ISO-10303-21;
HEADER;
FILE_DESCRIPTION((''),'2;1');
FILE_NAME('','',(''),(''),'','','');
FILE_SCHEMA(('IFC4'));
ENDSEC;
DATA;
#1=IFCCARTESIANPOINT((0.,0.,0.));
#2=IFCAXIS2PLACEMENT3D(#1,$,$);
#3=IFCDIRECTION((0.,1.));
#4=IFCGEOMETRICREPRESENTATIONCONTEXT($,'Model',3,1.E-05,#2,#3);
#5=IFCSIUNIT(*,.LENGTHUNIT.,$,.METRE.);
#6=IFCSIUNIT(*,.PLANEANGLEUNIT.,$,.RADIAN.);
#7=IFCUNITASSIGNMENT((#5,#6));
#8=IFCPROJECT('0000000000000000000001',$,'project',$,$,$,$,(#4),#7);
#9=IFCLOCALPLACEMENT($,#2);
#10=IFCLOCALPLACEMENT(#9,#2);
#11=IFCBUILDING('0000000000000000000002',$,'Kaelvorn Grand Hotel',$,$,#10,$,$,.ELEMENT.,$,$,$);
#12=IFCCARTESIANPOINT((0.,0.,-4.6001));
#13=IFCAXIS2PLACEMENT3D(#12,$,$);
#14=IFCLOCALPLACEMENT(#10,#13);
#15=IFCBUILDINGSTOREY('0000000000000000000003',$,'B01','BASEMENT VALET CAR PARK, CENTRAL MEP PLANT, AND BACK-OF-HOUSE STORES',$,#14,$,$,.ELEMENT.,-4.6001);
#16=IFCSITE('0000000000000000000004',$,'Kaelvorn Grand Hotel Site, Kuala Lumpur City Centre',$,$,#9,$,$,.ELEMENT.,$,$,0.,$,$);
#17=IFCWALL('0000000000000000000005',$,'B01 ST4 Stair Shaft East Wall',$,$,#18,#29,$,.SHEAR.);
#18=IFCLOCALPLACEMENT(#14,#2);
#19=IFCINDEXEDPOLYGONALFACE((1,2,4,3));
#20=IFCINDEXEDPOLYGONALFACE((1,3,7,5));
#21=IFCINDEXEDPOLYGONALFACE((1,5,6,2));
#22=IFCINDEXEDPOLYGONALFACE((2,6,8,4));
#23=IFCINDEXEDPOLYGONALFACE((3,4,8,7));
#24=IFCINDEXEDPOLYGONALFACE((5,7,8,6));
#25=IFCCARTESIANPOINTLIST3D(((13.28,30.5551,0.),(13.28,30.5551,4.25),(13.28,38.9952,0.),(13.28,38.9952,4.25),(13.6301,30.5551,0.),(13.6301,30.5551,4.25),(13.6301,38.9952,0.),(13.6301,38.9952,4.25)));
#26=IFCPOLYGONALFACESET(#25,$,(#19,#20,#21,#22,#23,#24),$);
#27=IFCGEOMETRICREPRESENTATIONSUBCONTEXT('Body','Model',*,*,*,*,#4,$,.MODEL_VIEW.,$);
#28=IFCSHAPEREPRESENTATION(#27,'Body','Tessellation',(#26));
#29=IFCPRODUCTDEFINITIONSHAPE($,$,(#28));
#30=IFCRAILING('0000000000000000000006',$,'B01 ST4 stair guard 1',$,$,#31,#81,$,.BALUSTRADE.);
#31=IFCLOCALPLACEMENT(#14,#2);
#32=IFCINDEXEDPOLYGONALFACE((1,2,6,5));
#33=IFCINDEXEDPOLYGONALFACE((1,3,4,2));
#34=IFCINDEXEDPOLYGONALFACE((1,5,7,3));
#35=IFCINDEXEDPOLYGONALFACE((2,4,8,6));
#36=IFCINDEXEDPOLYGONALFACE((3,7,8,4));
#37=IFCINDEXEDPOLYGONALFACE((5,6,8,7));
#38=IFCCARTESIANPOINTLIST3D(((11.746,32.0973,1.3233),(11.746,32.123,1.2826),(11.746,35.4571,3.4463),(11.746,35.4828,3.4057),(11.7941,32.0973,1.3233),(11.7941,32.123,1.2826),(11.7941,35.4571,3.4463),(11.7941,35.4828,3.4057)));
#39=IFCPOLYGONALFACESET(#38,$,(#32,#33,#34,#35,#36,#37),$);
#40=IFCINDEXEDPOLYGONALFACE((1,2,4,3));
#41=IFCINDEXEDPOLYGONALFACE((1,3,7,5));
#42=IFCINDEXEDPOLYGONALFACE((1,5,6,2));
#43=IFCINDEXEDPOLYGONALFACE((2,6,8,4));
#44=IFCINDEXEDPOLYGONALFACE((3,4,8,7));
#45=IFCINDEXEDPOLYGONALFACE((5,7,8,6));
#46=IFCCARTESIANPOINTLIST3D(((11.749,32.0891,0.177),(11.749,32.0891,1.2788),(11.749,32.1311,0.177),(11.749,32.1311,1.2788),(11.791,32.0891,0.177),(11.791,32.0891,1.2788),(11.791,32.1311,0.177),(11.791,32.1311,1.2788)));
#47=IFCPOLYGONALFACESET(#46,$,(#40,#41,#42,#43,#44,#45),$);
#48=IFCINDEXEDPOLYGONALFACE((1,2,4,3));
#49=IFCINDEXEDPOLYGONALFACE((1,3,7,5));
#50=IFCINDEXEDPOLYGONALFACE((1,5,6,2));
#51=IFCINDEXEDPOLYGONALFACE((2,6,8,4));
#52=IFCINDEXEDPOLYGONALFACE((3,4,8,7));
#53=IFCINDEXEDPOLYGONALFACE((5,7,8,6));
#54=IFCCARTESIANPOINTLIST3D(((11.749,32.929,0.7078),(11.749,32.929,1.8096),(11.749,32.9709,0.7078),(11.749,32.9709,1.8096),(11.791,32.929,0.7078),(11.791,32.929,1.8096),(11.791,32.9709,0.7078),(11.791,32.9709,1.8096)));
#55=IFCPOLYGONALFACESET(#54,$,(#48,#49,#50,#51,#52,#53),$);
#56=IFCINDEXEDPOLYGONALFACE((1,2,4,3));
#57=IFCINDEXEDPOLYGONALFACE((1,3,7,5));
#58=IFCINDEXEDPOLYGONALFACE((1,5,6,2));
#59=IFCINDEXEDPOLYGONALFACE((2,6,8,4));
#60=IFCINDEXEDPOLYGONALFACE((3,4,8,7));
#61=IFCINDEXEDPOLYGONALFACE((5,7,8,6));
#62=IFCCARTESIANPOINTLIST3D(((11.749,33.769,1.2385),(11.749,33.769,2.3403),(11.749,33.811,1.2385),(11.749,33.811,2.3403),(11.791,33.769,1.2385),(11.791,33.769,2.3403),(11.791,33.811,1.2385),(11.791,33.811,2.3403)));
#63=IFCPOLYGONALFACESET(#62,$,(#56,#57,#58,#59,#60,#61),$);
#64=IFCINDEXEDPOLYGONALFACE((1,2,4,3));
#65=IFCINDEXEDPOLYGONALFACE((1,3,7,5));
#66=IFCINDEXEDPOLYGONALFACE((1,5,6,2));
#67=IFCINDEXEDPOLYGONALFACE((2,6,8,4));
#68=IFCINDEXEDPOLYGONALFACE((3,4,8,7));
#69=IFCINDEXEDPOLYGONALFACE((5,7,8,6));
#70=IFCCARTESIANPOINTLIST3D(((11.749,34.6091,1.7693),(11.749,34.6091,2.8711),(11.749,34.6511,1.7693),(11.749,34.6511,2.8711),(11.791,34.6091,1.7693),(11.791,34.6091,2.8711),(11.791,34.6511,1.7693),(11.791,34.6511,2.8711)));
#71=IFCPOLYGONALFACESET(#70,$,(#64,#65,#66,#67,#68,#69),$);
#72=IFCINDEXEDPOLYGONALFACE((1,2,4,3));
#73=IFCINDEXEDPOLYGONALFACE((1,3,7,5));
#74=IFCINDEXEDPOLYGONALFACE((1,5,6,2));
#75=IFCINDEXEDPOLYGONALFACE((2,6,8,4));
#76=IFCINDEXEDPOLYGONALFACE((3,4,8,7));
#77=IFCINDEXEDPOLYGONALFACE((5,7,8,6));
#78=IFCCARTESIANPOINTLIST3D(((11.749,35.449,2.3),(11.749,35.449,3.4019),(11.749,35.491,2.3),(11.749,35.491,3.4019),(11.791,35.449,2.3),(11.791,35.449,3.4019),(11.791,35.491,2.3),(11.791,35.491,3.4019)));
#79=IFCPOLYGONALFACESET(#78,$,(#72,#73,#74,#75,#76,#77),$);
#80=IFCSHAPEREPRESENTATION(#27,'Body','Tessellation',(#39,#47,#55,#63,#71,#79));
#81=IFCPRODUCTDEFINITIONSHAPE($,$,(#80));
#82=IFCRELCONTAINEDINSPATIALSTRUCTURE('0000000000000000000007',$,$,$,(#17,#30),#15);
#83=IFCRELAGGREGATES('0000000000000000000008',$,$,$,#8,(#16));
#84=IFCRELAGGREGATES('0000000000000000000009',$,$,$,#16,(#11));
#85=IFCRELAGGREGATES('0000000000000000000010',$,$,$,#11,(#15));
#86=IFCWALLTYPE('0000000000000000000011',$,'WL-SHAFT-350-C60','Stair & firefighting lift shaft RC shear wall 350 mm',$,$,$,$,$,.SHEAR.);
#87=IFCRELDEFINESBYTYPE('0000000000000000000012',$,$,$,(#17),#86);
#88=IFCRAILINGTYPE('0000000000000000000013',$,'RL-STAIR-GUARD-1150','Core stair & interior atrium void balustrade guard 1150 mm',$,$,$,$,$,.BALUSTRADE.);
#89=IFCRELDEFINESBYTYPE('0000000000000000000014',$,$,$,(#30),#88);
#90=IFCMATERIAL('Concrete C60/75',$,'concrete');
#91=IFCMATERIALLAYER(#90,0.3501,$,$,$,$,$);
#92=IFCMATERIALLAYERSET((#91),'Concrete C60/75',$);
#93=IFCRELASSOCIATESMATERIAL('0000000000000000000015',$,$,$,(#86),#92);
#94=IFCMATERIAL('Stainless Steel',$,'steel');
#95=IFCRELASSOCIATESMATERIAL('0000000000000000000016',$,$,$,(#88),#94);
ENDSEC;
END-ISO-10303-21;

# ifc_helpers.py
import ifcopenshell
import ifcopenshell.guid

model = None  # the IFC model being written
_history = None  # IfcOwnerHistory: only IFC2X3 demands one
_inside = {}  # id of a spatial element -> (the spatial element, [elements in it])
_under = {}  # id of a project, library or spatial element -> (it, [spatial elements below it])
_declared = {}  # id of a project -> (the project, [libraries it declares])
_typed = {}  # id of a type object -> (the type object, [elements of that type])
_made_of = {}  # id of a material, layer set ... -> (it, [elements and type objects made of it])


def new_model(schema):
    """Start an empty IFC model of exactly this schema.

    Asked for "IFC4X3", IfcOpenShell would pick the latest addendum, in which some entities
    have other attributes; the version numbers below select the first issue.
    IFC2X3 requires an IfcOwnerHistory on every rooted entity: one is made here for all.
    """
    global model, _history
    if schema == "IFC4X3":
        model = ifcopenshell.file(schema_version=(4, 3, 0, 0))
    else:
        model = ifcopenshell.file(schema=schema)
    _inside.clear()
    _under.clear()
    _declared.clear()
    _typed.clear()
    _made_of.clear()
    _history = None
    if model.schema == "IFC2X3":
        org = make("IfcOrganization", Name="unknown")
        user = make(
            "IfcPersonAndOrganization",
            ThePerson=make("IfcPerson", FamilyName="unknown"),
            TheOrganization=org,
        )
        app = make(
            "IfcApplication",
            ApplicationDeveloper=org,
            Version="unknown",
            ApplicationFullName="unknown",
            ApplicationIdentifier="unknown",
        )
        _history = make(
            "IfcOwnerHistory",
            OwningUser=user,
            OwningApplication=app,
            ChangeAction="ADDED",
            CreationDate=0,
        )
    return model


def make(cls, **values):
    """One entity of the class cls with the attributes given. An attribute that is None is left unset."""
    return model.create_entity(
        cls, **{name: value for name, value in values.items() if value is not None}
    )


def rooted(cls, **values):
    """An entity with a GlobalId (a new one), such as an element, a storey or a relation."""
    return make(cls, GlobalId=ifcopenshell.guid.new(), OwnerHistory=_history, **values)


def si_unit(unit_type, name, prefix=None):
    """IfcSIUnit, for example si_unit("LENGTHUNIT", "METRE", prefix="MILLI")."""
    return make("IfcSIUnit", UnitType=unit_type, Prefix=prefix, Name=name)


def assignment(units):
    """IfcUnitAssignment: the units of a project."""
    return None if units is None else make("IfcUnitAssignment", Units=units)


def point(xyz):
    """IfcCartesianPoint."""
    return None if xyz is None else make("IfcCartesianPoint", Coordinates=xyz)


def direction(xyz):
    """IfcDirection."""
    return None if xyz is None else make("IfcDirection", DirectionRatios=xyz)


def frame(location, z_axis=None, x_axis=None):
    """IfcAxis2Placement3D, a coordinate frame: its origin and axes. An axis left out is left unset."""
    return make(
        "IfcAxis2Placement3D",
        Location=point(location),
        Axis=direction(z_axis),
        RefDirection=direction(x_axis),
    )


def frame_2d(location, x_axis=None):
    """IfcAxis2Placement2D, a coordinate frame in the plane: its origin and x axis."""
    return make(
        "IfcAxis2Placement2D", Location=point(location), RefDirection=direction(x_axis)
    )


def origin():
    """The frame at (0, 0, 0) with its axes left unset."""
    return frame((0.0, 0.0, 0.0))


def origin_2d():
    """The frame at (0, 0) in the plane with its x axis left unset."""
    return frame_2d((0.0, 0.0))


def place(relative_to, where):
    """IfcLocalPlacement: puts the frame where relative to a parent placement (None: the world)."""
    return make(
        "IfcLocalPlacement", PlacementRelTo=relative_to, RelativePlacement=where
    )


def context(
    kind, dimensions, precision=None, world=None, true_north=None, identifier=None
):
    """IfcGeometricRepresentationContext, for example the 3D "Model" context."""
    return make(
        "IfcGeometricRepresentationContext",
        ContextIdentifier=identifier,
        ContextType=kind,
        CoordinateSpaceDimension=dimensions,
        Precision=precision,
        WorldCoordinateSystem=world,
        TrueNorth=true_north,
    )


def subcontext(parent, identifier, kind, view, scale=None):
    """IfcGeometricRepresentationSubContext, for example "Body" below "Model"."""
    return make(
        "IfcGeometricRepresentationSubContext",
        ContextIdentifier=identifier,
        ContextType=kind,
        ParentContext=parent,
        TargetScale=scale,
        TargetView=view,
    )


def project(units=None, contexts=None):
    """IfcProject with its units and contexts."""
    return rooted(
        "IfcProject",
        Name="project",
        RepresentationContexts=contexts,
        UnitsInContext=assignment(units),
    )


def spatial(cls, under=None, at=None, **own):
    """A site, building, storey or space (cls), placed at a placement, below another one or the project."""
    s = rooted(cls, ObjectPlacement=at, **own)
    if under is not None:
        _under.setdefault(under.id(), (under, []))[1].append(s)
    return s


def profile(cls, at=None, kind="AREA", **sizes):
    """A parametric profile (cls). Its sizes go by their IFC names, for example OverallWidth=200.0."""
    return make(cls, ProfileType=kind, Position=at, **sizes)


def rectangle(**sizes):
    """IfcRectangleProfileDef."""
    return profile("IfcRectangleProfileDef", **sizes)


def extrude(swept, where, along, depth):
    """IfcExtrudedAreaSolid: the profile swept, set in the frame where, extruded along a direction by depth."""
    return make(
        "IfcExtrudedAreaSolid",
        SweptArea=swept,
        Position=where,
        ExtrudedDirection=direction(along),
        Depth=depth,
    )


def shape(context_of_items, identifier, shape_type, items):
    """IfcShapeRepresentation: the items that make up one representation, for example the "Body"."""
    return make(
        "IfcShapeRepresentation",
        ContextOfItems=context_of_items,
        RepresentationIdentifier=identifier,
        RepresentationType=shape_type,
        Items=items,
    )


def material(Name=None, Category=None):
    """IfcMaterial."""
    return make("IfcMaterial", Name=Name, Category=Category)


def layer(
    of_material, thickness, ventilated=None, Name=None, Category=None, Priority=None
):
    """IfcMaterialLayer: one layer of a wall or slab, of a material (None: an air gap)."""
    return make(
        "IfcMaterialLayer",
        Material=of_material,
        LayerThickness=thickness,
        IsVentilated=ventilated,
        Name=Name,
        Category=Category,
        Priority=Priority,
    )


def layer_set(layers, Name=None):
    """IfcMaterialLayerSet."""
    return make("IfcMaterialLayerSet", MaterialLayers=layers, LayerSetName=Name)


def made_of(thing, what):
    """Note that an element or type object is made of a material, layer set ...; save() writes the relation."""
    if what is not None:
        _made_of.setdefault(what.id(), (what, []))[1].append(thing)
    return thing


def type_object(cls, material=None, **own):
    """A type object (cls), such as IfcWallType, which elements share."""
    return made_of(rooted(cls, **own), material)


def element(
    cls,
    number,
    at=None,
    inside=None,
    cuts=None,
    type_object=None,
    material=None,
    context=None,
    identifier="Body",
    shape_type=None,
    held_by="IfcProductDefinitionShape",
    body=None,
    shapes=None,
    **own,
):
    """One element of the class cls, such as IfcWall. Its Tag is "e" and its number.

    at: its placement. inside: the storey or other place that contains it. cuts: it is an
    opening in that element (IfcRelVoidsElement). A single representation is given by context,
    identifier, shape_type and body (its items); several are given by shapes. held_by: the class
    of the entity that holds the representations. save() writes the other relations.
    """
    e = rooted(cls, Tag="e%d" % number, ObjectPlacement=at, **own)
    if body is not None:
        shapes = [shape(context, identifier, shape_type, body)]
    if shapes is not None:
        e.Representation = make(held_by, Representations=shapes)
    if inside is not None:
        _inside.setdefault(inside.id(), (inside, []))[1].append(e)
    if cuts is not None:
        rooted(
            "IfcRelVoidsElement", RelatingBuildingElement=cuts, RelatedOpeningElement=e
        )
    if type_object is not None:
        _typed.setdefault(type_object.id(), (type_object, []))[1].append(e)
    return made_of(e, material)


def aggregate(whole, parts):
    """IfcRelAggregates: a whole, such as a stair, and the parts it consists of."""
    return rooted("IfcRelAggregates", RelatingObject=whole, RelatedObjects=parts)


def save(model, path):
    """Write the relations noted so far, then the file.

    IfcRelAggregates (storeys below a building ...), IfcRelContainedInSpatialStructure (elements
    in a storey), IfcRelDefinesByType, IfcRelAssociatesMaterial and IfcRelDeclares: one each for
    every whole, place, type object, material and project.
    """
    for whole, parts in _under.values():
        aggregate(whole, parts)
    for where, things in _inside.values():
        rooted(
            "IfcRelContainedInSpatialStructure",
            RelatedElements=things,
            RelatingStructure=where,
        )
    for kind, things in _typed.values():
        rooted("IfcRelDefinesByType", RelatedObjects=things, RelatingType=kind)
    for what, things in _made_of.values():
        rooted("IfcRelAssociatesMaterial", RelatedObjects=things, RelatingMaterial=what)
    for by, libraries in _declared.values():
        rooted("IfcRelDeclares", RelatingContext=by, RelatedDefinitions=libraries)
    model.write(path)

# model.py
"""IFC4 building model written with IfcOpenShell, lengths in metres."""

from ifc_helpers import new_model, si_unit, direction, frame, frame_2d, origin, origin_2d, place, context, subcontext, project, spatial, rectangle, extrude, material, layer, layer_set, type_object, element, save


model = new_model("IFC4")

# Units and contexts
model_context = context("Model", 3, precision=1e-05, world=origin(), true_north=direction((0.0, 1.0)))
body_context = subcontext(model_context, "Body", "Model", "MODEL_VIEW")
ifc_project = project(units=[si_unit("LENGTHUNIT", "METRE"), si_unit("PLANEANGLEUNIT", "RADIAN")], contexts=[model_context])

# Site, building, storey
site_placement = place(None, origin())
site = spatial("IfcSite", under=ifc_project, at=site_placement, Name="Kaelvorn Grand Hotel Site, Kuala Lumpur City Centre", CompositionType="ELEMENT", RefElevation=0.0)
building_placement = place(site_placement, origin())
building = spatial("IfcBuilding", under=site, at=building_placement, Name="Kaelvorn Grand Hotel", CompositionType="ELEMENT")
storey_placement = place(building_placement, frame((0.0, 0.0, -4.6001)))
storey = spatial("IfcBuildingStorey", under=building, at=storey_placement, Name="B01", Description="BASEMENT VALET CAR PARK, CENTRAL MEP PLANT, AND BACK-OF-HOUSE STORES", CompositionType="ELEMENT", Elevation=-4.6001)

# Shared definitions
ifc_material_1 = material(Name="Concrete C60/75", Category="concrete")

# Wall
ifc_layer_1 = layer(ifc_material_1, 0.3501)
ifc_layer_set_1 = layer_set([ifc_layer_1], Name="Concrete C60/75")
wall_type_1 = type_object("IfcWallType", Name="WL-SHAFT-350-C60", Description="Stair & firefighting lift shaft RC shear wall 350 mm", PredefinedType="SHEAR", material=ifc_layer_set_1)
wall_1_placement = place(storey_placement, frame((13.4551, 30.5549, 0.0), z_axis=(0.0, 0.0, 1.0), x_axis=(0.0, 1.0, 0.0)))
element("IfcWall", 1, at=wall_1_placement, inside=storey, type_object=wall_type_1, Name="B01 ST4 Stair Shaft East Wall", PredefinedType="SHEAR", context=body_context, shape_type="SweptSolid", body=[
    extrude(rectangle(XDim=8.4402, YDim=0.3501, at=frame_2d((4.2202, 0.0))), origin(), (0.0, 0.0, 1.0), 4.25),
])

# Railing
ifc_material_2 = material(Name="Stainless Steel", Category="steel")
railing_type = type_object("IfcRailingType", Name="RL-STAIR-GUARD-1150", Description="Core stair & interior atrium void balustrade guard 1150 mm", PredefinedType="BALUSTRADE", material=ifc_material_2)
railing_placement = place(storey_placement, frame((11.77, 32.1101, 0.177)))
element("IfcRailing", 2, at=railing_placement, inside=storey, type_object=railing_type, Name="B01 ST4 stair guard 1", PredefinedType="BALUSTRADE", context=body_context, shape_type="SweptSolid", body=[
    extrude(rectangle(XDim=0.0481, YDim=0.0481, at=origin_2d()), frame((0.0, 0.0, 1.126), z_axis=(0.0, 0.845372, 0.534178), x_axis=(-1.0, 0.0, 0.0)), (0.0, 0.0, 1.0), 3.9744),
    extrude(rectangle(XDim=0.042, YDim=0.042, at=origin_2d()), origin(), (0.0, 0.0, 1.0), 1.1018),
    extrude(rectangle(XDim=0.042, YDim=0.042, at=origin_2d()), frame((0.0, 0.8398, 0.5308)), (0.0, 0.0, 1.0), 1.1018),
    extrude(rectangle(XDim=0.042, YDim=0.042, at=origin_2d()), frame((0.0, 1.6799, 1.0615)), (0.0, 0.0, 1.0), 1.1018),
    extrude(rectangle(XDim=0.042, YDim=0.042, at=origin_2d()), frame((0.0, 2.52, 1.5923)), (0.0, 0.0, 1.0), 1.1018),
    extrude(rectangle(XDim=0.042, YDim=0.042, at=origin_2d()), frame((0.0, 3.3599, 2.123)), (0.0, 0.0, 1.0), 1.1018),
])

save(model, "model.ifc")
